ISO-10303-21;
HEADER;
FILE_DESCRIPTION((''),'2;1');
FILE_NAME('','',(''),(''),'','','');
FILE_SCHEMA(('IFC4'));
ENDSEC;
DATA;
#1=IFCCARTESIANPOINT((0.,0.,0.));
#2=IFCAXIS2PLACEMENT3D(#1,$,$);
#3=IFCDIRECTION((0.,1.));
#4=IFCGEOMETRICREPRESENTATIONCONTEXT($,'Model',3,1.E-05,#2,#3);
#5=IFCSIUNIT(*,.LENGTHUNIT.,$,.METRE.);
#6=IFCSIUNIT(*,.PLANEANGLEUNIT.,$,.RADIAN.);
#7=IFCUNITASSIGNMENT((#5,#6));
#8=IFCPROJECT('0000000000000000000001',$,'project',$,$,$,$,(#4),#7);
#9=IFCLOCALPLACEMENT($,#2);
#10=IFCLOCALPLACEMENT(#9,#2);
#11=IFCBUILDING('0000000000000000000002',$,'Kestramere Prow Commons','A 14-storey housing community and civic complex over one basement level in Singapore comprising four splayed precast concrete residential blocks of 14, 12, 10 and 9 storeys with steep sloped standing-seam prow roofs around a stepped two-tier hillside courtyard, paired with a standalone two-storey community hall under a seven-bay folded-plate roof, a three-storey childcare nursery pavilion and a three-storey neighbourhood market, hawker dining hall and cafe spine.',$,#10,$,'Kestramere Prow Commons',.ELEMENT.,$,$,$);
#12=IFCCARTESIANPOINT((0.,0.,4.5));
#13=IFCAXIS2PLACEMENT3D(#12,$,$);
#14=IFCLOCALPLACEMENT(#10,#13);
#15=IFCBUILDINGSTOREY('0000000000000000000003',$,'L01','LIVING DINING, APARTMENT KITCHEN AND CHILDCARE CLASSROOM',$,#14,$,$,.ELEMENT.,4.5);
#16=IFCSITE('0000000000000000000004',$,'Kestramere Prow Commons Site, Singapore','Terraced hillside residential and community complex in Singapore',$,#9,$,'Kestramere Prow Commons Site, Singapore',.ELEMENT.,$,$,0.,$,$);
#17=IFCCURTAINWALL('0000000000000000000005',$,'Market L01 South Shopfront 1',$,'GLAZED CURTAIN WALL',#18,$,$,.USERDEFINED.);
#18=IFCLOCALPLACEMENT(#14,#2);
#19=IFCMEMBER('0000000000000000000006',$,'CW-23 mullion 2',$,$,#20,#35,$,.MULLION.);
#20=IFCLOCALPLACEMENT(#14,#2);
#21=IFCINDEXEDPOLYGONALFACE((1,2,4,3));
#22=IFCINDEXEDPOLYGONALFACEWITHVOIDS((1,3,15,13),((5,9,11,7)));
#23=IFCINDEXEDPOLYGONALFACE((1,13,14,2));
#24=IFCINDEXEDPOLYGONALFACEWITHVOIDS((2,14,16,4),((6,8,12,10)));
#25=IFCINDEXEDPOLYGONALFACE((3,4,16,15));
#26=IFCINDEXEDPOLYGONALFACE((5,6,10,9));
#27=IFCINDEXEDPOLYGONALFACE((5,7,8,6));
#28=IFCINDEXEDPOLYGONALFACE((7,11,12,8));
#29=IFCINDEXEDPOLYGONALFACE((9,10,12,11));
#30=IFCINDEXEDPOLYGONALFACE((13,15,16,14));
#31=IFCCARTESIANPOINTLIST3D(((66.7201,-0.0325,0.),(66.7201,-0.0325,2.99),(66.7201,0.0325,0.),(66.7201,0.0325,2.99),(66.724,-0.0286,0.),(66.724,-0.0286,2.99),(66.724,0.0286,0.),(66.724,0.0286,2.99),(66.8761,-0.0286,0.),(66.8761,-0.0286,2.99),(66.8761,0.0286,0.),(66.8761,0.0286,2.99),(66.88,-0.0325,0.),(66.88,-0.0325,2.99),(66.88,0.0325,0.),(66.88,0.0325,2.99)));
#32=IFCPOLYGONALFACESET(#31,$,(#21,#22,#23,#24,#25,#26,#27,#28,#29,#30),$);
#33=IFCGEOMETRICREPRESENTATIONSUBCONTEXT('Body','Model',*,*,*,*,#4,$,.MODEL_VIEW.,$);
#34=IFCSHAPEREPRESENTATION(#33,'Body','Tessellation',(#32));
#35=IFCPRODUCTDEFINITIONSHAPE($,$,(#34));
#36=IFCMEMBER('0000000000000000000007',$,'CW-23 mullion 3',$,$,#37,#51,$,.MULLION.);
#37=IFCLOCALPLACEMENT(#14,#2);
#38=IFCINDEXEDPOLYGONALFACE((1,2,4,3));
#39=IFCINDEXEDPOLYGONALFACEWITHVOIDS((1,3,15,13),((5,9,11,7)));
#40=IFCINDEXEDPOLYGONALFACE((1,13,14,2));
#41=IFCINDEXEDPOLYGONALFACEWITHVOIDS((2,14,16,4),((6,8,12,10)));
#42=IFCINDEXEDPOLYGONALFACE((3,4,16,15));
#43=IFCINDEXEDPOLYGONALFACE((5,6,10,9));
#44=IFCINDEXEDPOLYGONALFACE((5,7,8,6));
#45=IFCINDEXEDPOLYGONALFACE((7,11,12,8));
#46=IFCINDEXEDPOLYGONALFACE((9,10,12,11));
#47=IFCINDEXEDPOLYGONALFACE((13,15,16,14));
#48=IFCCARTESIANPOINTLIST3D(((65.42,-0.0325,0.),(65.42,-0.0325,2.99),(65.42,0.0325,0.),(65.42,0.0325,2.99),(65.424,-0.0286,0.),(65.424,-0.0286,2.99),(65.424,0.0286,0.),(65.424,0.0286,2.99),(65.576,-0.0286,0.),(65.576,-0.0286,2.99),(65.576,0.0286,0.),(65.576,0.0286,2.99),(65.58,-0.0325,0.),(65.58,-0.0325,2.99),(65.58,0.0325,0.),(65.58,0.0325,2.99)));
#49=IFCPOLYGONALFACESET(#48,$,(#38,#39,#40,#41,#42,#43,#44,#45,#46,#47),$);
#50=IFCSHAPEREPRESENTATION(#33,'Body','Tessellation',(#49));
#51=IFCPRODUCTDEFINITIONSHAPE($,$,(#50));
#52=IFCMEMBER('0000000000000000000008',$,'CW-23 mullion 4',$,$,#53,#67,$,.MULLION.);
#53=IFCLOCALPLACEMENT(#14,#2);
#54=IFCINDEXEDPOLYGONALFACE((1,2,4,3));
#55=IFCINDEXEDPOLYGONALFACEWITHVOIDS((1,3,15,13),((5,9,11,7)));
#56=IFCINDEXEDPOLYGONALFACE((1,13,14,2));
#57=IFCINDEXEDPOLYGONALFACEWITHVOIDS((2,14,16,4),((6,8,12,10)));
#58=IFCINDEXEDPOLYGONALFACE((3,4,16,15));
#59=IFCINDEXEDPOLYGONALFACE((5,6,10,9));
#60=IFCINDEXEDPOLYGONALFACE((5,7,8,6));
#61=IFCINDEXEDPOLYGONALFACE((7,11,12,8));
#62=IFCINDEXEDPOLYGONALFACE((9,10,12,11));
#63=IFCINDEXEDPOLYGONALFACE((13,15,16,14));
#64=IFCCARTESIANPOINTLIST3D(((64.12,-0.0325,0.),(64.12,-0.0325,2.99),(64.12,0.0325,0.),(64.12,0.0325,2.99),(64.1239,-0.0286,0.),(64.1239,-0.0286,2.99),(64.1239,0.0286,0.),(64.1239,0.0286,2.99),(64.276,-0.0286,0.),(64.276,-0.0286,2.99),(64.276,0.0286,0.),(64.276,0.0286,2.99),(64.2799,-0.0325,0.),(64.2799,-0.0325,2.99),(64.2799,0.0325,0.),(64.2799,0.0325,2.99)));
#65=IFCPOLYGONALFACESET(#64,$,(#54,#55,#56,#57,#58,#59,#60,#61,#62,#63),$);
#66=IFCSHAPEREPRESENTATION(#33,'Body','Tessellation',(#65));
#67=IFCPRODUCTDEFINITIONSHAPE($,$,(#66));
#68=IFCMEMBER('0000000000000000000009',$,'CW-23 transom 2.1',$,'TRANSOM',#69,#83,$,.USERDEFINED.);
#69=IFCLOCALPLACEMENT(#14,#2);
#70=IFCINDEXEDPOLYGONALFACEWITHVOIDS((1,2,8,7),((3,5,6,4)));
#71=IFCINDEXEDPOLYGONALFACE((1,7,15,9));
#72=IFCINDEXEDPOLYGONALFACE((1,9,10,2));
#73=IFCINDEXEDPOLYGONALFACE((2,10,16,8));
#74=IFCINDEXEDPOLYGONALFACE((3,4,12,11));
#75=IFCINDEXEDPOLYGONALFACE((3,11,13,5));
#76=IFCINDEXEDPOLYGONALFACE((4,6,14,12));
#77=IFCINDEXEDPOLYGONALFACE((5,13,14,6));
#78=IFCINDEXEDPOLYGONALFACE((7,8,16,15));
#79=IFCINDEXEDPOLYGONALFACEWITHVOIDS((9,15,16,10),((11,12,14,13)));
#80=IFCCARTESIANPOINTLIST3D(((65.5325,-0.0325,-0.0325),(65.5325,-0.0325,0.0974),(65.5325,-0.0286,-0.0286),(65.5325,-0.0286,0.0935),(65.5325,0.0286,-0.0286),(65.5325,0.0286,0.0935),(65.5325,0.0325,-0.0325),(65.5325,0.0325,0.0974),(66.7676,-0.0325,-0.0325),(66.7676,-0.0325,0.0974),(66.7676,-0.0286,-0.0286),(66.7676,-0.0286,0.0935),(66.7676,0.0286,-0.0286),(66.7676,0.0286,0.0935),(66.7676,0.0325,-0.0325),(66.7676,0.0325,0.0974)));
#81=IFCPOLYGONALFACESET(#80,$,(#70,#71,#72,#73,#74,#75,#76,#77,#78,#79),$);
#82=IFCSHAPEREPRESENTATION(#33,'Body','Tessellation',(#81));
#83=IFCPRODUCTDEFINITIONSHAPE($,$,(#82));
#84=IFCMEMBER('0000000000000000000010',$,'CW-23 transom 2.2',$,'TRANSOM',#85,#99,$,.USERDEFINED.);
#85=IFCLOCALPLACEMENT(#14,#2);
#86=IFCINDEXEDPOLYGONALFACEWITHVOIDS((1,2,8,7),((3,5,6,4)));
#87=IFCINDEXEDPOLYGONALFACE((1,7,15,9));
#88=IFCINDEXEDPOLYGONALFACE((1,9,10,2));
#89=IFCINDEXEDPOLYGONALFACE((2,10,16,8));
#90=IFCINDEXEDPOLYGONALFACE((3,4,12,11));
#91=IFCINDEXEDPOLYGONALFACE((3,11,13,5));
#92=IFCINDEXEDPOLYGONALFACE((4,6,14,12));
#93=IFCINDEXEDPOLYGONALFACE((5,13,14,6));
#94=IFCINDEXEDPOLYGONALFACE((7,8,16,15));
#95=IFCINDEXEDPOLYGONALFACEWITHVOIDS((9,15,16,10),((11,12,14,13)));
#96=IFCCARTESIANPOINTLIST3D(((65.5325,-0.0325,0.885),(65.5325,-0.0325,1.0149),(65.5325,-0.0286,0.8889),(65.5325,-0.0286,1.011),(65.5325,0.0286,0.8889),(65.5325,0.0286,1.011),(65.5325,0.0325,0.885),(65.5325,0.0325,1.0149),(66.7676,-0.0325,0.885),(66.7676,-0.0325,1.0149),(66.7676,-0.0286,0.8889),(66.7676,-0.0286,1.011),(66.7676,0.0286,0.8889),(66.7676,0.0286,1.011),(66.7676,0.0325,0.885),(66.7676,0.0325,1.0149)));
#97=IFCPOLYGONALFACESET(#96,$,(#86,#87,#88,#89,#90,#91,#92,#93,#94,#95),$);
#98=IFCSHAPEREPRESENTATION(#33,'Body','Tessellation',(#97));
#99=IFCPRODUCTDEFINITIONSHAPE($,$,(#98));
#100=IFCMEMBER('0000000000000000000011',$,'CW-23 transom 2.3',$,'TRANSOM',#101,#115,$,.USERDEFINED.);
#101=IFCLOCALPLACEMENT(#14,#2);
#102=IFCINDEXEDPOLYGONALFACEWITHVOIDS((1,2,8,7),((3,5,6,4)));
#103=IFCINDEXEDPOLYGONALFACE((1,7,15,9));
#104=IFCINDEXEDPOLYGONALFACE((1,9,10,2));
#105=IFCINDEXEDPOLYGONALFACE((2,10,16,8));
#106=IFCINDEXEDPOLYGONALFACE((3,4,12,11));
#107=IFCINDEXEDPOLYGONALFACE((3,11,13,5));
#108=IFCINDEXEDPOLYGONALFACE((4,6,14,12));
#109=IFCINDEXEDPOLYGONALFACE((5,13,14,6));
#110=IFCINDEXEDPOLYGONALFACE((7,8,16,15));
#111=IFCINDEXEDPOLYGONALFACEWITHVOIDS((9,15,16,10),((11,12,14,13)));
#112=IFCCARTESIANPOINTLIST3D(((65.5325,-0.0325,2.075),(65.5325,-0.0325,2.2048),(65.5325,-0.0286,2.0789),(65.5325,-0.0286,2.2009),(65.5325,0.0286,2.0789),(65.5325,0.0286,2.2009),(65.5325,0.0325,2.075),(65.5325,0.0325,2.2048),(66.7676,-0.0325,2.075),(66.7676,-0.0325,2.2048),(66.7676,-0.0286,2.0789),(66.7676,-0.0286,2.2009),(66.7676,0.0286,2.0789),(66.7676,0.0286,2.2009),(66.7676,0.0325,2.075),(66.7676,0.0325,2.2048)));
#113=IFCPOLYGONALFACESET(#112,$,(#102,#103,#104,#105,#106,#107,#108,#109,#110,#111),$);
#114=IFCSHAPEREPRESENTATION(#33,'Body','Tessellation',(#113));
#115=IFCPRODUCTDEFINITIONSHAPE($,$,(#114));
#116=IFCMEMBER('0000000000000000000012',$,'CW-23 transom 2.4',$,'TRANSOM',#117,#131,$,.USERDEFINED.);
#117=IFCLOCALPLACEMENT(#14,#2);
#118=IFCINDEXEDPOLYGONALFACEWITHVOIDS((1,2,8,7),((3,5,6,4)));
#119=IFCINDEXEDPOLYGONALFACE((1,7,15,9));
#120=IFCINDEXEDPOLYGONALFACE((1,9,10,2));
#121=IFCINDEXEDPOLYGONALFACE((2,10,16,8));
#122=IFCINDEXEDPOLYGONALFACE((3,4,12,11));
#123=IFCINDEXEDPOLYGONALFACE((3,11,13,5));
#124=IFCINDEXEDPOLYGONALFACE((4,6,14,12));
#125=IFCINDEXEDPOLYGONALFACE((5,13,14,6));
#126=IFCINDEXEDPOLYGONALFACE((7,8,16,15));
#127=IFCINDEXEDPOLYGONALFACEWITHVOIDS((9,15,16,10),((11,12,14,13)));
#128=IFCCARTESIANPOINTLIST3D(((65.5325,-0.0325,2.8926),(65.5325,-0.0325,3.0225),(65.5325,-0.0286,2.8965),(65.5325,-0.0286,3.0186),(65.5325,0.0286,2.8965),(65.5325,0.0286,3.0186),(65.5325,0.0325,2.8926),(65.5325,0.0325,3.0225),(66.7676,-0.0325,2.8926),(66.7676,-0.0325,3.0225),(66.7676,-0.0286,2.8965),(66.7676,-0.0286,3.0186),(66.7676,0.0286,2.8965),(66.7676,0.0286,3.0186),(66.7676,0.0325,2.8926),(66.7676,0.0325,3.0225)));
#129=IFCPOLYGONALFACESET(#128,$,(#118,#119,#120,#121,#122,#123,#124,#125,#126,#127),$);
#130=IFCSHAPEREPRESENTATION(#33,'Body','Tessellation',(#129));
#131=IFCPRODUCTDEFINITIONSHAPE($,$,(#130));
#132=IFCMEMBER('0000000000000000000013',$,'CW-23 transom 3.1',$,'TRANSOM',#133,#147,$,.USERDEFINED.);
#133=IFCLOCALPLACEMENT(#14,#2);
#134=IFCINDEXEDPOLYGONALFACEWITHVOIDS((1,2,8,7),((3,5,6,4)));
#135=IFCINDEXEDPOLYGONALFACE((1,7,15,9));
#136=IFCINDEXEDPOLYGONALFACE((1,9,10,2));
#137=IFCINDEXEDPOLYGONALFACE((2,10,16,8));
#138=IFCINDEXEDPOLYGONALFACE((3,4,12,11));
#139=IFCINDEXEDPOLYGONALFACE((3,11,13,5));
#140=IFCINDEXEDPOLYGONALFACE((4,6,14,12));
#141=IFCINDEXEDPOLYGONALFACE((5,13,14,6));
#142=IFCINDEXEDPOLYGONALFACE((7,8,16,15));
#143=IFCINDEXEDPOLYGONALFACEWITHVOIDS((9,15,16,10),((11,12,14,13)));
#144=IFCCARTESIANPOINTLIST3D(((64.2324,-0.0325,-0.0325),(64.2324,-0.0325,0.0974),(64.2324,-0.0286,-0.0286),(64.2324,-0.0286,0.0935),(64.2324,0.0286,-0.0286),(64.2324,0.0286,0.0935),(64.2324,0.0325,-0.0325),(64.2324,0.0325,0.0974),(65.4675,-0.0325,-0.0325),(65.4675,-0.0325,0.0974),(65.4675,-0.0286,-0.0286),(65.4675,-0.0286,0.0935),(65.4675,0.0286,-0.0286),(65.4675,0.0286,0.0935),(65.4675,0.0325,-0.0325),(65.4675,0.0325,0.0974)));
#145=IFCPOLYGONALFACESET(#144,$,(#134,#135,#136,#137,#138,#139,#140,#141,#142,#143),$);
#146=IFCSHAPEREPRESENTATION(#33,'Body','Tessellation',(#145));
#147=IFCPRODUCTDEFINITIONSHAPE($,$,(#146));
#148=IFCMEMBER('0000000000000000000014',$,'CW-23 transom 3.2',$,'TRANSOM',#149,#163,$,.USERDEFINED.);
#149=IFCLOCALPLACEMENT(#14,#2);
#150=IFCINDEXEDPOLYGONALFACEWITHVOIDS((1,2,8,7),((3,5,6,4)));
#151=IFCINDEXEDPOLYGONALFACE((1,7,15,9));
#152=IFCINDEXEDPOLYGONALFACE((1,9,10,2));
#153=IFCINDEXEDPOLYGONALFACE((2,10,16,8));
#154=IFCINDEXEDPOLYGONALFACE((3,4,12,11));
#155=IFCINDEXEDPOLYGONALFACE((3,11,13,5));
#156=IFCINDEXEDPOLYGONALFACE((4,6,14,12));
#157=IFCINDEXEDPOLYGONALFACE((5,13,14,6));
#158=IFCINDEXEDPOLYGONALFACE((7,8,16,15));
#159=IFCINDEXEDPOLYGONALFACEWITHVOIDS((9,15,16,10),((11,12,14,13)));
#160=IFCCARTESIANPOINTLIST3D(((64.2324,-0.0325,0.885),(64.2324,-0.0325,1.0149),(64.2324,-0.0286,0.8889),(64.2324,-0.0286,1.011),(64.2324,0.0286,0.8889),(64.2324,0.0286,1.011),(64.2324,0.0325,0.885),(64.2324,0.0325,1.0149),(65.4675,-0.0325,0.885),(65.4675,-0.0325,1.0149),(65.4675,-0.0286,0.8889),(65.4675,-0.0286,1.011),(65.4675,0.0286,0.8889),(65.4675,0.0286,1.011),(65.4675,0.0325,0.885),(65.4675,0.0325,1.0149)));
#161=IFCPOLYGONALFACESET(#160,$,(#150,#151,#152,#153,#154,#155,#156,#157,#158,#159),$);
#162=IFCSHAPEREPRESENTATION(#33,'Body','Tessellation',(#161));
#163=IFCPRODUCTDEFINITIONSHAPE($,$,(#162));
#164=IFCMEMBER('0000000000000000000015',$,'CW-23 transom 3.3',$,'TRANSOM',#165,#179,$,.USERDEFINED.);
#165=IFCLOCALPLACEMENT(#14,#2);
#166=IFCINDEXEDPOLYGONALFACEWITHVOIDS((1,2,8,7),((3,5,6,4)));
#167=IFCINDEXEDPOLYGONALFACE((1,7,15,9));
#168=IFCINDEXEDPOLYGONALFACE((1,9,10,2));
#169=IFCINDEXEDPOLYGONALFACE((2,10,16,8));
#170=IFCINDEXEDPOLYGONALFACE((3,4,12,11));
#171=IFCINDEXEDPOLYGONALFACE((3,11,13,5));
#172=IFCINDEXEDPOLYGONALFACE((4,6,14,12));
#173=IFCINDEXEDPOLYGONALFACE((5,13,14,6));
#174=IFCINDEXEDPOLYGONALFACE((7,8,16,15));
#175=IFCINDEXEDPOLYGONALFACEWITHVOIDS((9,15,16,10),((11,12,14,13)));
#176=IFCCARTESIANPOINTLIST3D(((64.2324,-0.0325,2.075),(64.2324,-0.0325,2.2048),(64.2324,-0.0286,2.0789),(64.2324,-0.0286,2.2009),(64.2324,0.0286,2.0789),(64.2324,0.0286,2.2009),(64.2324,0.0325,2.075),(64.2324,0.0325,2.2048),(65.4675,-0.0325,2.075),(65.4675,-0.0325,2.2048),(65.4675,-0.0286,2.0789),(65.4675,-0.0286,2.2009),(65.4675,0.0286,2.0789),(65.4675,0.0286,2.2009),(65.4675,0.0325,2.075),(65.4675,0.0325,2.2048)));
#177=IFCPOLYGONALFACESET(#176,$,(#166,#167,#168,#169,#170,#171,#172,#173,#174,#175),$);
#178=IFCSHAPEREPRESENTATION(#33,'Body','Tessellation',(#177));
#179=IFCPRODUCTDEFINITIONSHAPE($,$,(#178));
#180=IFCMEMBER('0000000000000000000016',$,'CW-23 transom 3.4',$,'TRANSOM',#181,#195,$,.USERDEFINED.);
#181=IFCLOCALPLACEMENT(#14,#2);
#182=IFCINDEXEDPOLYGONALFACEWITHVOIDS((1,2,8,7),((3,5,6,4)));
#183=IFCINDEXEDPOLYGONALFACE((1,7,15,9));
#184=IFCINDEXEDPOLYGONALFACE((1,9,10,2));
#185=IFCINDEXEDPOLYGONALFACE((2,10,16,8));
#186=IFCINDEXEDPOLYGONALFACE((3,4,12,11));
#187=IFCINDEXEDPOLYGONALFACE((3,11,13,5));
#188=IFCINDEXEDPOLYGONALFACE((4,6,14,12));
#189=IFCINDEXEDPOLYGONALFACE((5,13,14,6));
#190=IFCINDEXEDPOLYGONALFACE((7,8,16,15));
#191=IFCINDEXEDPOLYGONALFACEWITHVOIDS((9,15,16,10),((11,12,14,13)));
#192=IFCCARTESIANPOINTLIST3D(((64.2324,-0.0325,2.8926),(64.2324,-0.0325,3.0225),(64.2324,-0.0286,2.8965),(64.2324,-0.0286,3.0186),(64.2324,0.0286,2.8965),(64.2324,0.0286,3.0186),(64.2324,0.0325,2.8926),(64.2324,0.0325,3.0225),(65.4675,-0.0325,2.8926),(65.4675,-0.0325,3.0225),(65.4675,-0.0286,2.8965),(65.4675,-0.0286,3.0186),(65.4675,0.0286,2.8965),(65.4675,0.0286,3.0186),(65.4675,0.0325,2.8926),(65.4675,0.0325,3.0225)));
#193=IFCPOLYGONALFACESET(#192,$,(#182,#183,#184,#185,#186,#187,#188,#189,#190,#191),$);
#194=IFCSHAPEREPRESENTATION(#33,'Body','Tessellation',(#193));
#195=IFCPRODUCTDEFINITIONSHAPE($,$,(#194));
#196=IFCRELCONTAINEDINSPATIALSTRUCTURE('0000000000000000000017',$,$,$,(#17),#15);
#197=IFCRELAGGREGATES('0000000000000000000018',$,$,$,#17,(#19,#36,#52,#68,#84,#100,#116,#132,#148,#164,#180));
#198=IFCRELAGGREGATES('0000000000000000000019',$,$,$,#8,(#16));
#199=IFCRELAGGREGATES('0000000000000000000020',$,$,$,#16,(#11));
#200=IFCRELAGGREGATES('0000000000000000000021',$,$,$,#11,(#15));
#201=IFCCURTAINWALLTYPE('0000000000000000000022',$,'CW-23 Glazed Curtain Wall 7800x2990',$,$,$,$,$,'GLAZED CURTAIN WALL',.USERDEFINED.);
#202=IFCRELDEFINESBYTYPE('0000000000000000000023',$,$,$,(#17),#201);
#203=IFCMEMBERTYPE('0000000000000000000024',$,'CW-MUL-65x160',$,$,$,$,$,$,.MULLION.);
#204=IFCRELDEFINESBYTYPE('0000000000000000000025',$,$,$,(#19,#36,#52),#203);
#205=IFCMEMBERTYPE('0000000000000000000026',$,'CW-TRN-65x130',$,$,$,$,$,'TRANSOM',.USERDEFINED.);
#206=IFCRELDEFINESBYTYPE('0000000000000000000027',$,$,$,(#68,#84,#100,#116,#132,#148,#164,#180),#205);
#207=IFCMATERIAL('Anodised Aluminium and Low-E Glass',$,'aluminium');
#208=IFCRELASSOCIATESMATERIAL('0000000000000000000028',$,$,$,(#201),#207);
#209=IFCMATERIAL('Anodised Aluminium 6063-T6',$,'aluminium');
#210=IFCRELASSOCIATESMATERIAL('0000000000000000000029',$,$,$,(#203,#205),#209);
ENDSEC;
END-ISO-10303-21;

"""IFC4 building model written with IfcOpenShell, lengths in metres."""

from ifc_helpers import new_model, si_unit, direction, frame, origin, origin_2d, place, context, subcontext, project, spatial, hollow_rectangle, extrude, material, material_profile, profile_set, type_object, element, aggregate, save


model = new_model("IFC4")

# Units and contexts
model_context = context("Model", 3, precision=1e-05, world=origin(), true_north=direction((0.0, 1.0)))
body_context = subcontext(model_context, "Body", "Model", "MODEL_VIEW")
ifc_project = project(units=[si_unit("LENGTHUNIT", "METRE"), si_unit("PLANEANGLEUNIT", "RADIAN")], contexts=[model_context])

# Site, building, storey
site_placement = place(None, origin())
site = spatial("IfcSite", under=ifc_project, at=site_placement, Name="Kestramere Prow Commons Site, Singapore", Description="Terraced hillside residential and community complex in Singapore", LongName="Kestramere Prow Commons Site, Singapore", CompositionType="ELEMENT", RefElevation=0.0)
building_placement = place(site_placement, origin())
building = spatial("IfcBuilding", under=site, at=building_placement, Name="Kestramere Prow Commons", Description="A 14-storey housing community and civic complex over one basement level in Singapore comprising four splayed precast concrete residential blocks of 14, 12, 10 and 9 storeys with steep sloped standing-seam prow roofs around a stepped two-tier hillside courtyard, paired with a standalone two-storey community hall under a seven-bay folded-plate roof, a three-storey childcare nursery pavilion and a three-storey neighbourhood market, hawker dining hall and cafe spine.", LongName="Kestramere Prow Commons", CompositionType="ELEMENT")
storey_placement = place(building_placement, frame((0.0, 0.0, 4.5)))
storey = spatial("IfcBuildingStorey", under=building, at=storey_placement, Name="L01", Description="LIVING DINING, APARTMENT KITCHEN AND CHILDCARE CLASSROOM", CompositionType="ELEMENT", Elevation=4.5)

# Curtain wall, members
ifc_material_1 = material(Name="Anodised Aluminium and Low-E Glass", Category="aluminium")
curtain_wall_type = type_object("IfcCurtainWallType", Name="CW-23 Glazed Curtain Wall 7800x2990", ElementType="GLAZED CURTAIN WALL", PredefinedType="USERDEFINED", material=ifc_material_1)
curtain_wall_placement = place(storey_placement, origin())
curtain_wall = element("IfcCurtainWall", 1, at=curtain_wall_placement, inside=storey, type_object=curtain_wall_type, Name="Market L01 South Shopfront 1", ObjectType="GLAZED CURTAIN WALL", PredefinedType="USERDEFINED")
ifc_material_2 = material(Name="Anodised Aluminium 6063-T6", Category="aluminium")
ifc_material_profile_1 = material_profile(ifc_material_2, hollow_rectangle(XDim=0.0649, YDim=0.1599, WallThickness=0.0039, at=origin_2d()), Name="ALU-MUL 65x160")
ifc_profile_set_1 = profile_set([ifc_material_profile_1], Name="Anodised Aluminium 6063-T6")
member_type_1 = type_object("IfcMemberType", Name="CW-MUL-65x160", PredefinedType="MULLION", material=ifc_profile_set_1)
member_1_placement = place(storey_placement, frame((66.8, 0.0, 0.0), z_axis=(0.0, 0.0, 1.0), x_axis=(0.0, -1.0, 0.0)))
member_1 = element("IfcMember", 2, at=member_1_placement, type_object=member_type_1, Name="CW-23 mullion 2", PredefinedType="MULLION", context=body_context, shape_type="SweptSolid", body=[
    extrude(hollow_rectangle(XDim=0.0649, YDim=0.1599, WallThickness=0.0039, at=origin_2d()), origin(), (0.0, 0.0, 1.0), 2.99),
])
member_2_placement = place(storey_placement, frame((65.5, 0.0, 0.0), z_axis=(0.0, 0.0, 1.0), x_axis=(0.0, -1.0, 0.0)))
member_2 = element("IfcMember", 3, at=member_2_placement, type_object=member_type_1, Name="CW-23 mullion 3", PredefinedType="MULLION", context=body_context, shape_type="SweptSolid", body=[
    extrude(hollow_rectangle(XDim=0.0649, YDim=0.1599, WallThickness=0.0039, at=origin_2d()), origin(), (0.0, 0.0, 1.0), 2.99),
])
member_3_placement = place(storey_placement, frame((64.2, 0.0, 0.0), z_axis=(0.0, 0.0, 1.0), x_axis=(0.0, -1.0, 0.0)))
member_3 = element("IfcMember", 4, at=member_3_placement, type_object=member_type_1, Name="CW-23 mullion 4", PredefinedType="MULLION", context=body_context, shape_type="SweptSolid", body=[
    extrude(hollow_rectangle(XDim=0.0649, YDim=0.1599, WallThickness=0.0039, at=origin_2d()), origin(), (0.0, 0.0, 1.0), 2.99),
])
ifc_material_profile_2 = material_profile(ifc_material_2, hollow_rectangle(XDim=0.0649, YDim=0.1299, WallThickness=0.0039, at=origin_2d()), Name="ALU-TRN 65x130")
ifc_profile_set_2 = profile_set([ifc_material_profile_2], Name="Anodised Aluminium 6063-T6")
member_type_2 = type_object("IfcMemberType", Name="CW-TRN-65x130", ElementType="TRANSOM", PredefinedType="USERDEFINED", material=ifc_profile_set_2)
member_4_placement = place(storey_placement, frame((66.7676, 0.0, 0.0325), z_axis=(-1.0, 0.0, 0.0), x_axis=(0.0, -1.0, 0.0)))
member_4 = element("IfcMember", 5, at=member_4_placement, type_object=member_type_2, Name="CW-23 transom 2.1", ObjectType="TRANSOM", PredefinedType="USERDEFINED", context=body_context, shape_type="SweptSolid", body=[
    extrude(hollow_rectangle(XDim=0.0649, YDim=0.1299, WallThickness=0.0039, at=origin_2d()), origin(), (0.0, 0.0, 1.0), 1.2351),
])
member_5_placement = place(storey_placement, frame((66.7676, 0.0, 0.95), z_axis=(-1.0, 0.0, 0.0), x_axis=(0.0, -1.0, 0.0)))
member_5 = element("IfcMember", 6, at=member_5_placement, type_object=member_type_2, Name="CW-23 transom 2.2", ObjectType="TRANSOM", PredefinedType="USERDEFINED", context=body_context, shape_type="SweptSolid", body=[
    extrude(hollow_rectangle(XDim=0.0649, YDim=0.1299, WallThickness=0.0039, at=origin_2d()), origin(), (0.0, 0.0, 1.0), 1.2351),
])
member_6_placement = place(storey_placement, frame((66.7676, 0.0, 2.1399), z_axis=(-1.0, 0.0, 0.0), x_axis=(0.0, -1.0, 0.0)))
member_6 = element("IfcMember", 7, at=member_6_placement, type_object=member_type_2, Name="CW-23 transom 2.3", ObjectType="TRANSOM", PredefinedType="USERDEFINED", context=body_context, shape_type="SweptSolid", body=[
    extrude(hollow_rectangle(XDim=0.0649, YDim=0.1299, WallThickness=0.0039, at=origin_2d()), origin(), (0.0, 0.0, 1.0), 1.2351),
])
member_7_placement = place(storey_placement, frame((66.7676, 0.0, 2.9575), z_axis=(-1.0, 0.0, 0.0), x_axis=(0.0, -1.0, 0.0)))
member_7 = element("IfcMember", 8, at=member_7_placement, type_object=member_type_2, Name="CW-23 transom 2.4", ObjectType="TRANSOM", PredefinedType="USERDEFINED", context=body_context, shape_type="SweptSolid", body=[
    extrude(hollow_rectangle(XDim=0.0649, YDim=0.1299, WallThickness=0.0039, at=origin_2d()), origin(), (0.0, 0.0, 1.0), 1.2351),
])
member_8_placement = place(storey_placement, frame((65.4675, 0.0, 0.0325), z_axis=(-1.0, 0.0, 0.0), x_axis=(0.0, -1.0, 0.0)))
member_8 = element("IfcMember", 9, at=member_8_placement, type_object=member_type_2, Name="CW-23 transom 3.1", ObjectType="TRANSOM", PredefinedType="USERDEFINED", context=body_context, shape_type="SweptSolid", body=[
    extrude(hollow_rectangle(XDim=0.0649, YDim=0.1299, WallThickness=0.0039, at=origin_2d()), origin(), (0.0, 0.0, 1.0), 1.2351),
])
member_9_placement = place(storey_placement, frame((65.4675, 0.0, 0.95), z_axis=(-1.0, 0.0, 0.0), x_axis=(0.0, -1.0, 0.0)))
member_9 = element("IfcMember", 10, at=member_9_placement, type_object=member_type_2, Name="CW-23 transom 3.2", ObjectType="TRANSOM", PredefinedType="USERDEFINED", context=body_context, shape_type="SweptSolid", body=[
    extrude(hollow_rectangle(XDim=0.0649, YDim=0.1299, WallThickness=0.0039, at=origin_2d()), origin(), (0.0, 0.0, 1.0), 1.2351),
])
member_10_placement = place(storey_placement, frame((65.4675, 0.0, 2.1399), z_axis=(-1.0, 0.0, 0.0), x_axis=(0.0, -1.0, 0.0)))
member_10 = element("IfcMember", 11, at=member_10_placement, type_object=member_type_2, Name="CW-23 transom 3.3", ObjectType="TRANSOM", PredefinedType="USERDEFINED", context=body_context, shape_type="SweptSolid", body=[
    extrude(hollow_rectangle(XDim=0.0649, YDim=0.1299, WallThickness=0.0039, at=origin_2d()), origin(), (0.0, 0.0, 1.0), 1.2351),
])
member_11_placement = place(storey_placement, frame((65.4675, 0.0, 2.9575), z_axis=(-1.0, 0.0, 0.0), x_axis=(0.0, -1.0, 0.0)))
member_11 = element("IfcMember", 12, at=member_11_placement, type_object=member_type_2, Name="CW-23 transom 3.4", ObjectType="TRANSOM", PredefinedType="USERDEFINED", context=body_context, shape_type="SweptSolid", body=[
    extrude(hollow_rectangle(XDim=0.0649, YDim=0.1299, WallThickness=0.0039, at=origin_2d()), origin(), (0.0, 0.0, 1.0), 1.2351),
])
aggregate(curtain_wall, [member_1, member_2, member_3, member_4, member_5, member_6, member_7, member_8, member_9, member_10, member_11])

save(model, "model.ifc")
